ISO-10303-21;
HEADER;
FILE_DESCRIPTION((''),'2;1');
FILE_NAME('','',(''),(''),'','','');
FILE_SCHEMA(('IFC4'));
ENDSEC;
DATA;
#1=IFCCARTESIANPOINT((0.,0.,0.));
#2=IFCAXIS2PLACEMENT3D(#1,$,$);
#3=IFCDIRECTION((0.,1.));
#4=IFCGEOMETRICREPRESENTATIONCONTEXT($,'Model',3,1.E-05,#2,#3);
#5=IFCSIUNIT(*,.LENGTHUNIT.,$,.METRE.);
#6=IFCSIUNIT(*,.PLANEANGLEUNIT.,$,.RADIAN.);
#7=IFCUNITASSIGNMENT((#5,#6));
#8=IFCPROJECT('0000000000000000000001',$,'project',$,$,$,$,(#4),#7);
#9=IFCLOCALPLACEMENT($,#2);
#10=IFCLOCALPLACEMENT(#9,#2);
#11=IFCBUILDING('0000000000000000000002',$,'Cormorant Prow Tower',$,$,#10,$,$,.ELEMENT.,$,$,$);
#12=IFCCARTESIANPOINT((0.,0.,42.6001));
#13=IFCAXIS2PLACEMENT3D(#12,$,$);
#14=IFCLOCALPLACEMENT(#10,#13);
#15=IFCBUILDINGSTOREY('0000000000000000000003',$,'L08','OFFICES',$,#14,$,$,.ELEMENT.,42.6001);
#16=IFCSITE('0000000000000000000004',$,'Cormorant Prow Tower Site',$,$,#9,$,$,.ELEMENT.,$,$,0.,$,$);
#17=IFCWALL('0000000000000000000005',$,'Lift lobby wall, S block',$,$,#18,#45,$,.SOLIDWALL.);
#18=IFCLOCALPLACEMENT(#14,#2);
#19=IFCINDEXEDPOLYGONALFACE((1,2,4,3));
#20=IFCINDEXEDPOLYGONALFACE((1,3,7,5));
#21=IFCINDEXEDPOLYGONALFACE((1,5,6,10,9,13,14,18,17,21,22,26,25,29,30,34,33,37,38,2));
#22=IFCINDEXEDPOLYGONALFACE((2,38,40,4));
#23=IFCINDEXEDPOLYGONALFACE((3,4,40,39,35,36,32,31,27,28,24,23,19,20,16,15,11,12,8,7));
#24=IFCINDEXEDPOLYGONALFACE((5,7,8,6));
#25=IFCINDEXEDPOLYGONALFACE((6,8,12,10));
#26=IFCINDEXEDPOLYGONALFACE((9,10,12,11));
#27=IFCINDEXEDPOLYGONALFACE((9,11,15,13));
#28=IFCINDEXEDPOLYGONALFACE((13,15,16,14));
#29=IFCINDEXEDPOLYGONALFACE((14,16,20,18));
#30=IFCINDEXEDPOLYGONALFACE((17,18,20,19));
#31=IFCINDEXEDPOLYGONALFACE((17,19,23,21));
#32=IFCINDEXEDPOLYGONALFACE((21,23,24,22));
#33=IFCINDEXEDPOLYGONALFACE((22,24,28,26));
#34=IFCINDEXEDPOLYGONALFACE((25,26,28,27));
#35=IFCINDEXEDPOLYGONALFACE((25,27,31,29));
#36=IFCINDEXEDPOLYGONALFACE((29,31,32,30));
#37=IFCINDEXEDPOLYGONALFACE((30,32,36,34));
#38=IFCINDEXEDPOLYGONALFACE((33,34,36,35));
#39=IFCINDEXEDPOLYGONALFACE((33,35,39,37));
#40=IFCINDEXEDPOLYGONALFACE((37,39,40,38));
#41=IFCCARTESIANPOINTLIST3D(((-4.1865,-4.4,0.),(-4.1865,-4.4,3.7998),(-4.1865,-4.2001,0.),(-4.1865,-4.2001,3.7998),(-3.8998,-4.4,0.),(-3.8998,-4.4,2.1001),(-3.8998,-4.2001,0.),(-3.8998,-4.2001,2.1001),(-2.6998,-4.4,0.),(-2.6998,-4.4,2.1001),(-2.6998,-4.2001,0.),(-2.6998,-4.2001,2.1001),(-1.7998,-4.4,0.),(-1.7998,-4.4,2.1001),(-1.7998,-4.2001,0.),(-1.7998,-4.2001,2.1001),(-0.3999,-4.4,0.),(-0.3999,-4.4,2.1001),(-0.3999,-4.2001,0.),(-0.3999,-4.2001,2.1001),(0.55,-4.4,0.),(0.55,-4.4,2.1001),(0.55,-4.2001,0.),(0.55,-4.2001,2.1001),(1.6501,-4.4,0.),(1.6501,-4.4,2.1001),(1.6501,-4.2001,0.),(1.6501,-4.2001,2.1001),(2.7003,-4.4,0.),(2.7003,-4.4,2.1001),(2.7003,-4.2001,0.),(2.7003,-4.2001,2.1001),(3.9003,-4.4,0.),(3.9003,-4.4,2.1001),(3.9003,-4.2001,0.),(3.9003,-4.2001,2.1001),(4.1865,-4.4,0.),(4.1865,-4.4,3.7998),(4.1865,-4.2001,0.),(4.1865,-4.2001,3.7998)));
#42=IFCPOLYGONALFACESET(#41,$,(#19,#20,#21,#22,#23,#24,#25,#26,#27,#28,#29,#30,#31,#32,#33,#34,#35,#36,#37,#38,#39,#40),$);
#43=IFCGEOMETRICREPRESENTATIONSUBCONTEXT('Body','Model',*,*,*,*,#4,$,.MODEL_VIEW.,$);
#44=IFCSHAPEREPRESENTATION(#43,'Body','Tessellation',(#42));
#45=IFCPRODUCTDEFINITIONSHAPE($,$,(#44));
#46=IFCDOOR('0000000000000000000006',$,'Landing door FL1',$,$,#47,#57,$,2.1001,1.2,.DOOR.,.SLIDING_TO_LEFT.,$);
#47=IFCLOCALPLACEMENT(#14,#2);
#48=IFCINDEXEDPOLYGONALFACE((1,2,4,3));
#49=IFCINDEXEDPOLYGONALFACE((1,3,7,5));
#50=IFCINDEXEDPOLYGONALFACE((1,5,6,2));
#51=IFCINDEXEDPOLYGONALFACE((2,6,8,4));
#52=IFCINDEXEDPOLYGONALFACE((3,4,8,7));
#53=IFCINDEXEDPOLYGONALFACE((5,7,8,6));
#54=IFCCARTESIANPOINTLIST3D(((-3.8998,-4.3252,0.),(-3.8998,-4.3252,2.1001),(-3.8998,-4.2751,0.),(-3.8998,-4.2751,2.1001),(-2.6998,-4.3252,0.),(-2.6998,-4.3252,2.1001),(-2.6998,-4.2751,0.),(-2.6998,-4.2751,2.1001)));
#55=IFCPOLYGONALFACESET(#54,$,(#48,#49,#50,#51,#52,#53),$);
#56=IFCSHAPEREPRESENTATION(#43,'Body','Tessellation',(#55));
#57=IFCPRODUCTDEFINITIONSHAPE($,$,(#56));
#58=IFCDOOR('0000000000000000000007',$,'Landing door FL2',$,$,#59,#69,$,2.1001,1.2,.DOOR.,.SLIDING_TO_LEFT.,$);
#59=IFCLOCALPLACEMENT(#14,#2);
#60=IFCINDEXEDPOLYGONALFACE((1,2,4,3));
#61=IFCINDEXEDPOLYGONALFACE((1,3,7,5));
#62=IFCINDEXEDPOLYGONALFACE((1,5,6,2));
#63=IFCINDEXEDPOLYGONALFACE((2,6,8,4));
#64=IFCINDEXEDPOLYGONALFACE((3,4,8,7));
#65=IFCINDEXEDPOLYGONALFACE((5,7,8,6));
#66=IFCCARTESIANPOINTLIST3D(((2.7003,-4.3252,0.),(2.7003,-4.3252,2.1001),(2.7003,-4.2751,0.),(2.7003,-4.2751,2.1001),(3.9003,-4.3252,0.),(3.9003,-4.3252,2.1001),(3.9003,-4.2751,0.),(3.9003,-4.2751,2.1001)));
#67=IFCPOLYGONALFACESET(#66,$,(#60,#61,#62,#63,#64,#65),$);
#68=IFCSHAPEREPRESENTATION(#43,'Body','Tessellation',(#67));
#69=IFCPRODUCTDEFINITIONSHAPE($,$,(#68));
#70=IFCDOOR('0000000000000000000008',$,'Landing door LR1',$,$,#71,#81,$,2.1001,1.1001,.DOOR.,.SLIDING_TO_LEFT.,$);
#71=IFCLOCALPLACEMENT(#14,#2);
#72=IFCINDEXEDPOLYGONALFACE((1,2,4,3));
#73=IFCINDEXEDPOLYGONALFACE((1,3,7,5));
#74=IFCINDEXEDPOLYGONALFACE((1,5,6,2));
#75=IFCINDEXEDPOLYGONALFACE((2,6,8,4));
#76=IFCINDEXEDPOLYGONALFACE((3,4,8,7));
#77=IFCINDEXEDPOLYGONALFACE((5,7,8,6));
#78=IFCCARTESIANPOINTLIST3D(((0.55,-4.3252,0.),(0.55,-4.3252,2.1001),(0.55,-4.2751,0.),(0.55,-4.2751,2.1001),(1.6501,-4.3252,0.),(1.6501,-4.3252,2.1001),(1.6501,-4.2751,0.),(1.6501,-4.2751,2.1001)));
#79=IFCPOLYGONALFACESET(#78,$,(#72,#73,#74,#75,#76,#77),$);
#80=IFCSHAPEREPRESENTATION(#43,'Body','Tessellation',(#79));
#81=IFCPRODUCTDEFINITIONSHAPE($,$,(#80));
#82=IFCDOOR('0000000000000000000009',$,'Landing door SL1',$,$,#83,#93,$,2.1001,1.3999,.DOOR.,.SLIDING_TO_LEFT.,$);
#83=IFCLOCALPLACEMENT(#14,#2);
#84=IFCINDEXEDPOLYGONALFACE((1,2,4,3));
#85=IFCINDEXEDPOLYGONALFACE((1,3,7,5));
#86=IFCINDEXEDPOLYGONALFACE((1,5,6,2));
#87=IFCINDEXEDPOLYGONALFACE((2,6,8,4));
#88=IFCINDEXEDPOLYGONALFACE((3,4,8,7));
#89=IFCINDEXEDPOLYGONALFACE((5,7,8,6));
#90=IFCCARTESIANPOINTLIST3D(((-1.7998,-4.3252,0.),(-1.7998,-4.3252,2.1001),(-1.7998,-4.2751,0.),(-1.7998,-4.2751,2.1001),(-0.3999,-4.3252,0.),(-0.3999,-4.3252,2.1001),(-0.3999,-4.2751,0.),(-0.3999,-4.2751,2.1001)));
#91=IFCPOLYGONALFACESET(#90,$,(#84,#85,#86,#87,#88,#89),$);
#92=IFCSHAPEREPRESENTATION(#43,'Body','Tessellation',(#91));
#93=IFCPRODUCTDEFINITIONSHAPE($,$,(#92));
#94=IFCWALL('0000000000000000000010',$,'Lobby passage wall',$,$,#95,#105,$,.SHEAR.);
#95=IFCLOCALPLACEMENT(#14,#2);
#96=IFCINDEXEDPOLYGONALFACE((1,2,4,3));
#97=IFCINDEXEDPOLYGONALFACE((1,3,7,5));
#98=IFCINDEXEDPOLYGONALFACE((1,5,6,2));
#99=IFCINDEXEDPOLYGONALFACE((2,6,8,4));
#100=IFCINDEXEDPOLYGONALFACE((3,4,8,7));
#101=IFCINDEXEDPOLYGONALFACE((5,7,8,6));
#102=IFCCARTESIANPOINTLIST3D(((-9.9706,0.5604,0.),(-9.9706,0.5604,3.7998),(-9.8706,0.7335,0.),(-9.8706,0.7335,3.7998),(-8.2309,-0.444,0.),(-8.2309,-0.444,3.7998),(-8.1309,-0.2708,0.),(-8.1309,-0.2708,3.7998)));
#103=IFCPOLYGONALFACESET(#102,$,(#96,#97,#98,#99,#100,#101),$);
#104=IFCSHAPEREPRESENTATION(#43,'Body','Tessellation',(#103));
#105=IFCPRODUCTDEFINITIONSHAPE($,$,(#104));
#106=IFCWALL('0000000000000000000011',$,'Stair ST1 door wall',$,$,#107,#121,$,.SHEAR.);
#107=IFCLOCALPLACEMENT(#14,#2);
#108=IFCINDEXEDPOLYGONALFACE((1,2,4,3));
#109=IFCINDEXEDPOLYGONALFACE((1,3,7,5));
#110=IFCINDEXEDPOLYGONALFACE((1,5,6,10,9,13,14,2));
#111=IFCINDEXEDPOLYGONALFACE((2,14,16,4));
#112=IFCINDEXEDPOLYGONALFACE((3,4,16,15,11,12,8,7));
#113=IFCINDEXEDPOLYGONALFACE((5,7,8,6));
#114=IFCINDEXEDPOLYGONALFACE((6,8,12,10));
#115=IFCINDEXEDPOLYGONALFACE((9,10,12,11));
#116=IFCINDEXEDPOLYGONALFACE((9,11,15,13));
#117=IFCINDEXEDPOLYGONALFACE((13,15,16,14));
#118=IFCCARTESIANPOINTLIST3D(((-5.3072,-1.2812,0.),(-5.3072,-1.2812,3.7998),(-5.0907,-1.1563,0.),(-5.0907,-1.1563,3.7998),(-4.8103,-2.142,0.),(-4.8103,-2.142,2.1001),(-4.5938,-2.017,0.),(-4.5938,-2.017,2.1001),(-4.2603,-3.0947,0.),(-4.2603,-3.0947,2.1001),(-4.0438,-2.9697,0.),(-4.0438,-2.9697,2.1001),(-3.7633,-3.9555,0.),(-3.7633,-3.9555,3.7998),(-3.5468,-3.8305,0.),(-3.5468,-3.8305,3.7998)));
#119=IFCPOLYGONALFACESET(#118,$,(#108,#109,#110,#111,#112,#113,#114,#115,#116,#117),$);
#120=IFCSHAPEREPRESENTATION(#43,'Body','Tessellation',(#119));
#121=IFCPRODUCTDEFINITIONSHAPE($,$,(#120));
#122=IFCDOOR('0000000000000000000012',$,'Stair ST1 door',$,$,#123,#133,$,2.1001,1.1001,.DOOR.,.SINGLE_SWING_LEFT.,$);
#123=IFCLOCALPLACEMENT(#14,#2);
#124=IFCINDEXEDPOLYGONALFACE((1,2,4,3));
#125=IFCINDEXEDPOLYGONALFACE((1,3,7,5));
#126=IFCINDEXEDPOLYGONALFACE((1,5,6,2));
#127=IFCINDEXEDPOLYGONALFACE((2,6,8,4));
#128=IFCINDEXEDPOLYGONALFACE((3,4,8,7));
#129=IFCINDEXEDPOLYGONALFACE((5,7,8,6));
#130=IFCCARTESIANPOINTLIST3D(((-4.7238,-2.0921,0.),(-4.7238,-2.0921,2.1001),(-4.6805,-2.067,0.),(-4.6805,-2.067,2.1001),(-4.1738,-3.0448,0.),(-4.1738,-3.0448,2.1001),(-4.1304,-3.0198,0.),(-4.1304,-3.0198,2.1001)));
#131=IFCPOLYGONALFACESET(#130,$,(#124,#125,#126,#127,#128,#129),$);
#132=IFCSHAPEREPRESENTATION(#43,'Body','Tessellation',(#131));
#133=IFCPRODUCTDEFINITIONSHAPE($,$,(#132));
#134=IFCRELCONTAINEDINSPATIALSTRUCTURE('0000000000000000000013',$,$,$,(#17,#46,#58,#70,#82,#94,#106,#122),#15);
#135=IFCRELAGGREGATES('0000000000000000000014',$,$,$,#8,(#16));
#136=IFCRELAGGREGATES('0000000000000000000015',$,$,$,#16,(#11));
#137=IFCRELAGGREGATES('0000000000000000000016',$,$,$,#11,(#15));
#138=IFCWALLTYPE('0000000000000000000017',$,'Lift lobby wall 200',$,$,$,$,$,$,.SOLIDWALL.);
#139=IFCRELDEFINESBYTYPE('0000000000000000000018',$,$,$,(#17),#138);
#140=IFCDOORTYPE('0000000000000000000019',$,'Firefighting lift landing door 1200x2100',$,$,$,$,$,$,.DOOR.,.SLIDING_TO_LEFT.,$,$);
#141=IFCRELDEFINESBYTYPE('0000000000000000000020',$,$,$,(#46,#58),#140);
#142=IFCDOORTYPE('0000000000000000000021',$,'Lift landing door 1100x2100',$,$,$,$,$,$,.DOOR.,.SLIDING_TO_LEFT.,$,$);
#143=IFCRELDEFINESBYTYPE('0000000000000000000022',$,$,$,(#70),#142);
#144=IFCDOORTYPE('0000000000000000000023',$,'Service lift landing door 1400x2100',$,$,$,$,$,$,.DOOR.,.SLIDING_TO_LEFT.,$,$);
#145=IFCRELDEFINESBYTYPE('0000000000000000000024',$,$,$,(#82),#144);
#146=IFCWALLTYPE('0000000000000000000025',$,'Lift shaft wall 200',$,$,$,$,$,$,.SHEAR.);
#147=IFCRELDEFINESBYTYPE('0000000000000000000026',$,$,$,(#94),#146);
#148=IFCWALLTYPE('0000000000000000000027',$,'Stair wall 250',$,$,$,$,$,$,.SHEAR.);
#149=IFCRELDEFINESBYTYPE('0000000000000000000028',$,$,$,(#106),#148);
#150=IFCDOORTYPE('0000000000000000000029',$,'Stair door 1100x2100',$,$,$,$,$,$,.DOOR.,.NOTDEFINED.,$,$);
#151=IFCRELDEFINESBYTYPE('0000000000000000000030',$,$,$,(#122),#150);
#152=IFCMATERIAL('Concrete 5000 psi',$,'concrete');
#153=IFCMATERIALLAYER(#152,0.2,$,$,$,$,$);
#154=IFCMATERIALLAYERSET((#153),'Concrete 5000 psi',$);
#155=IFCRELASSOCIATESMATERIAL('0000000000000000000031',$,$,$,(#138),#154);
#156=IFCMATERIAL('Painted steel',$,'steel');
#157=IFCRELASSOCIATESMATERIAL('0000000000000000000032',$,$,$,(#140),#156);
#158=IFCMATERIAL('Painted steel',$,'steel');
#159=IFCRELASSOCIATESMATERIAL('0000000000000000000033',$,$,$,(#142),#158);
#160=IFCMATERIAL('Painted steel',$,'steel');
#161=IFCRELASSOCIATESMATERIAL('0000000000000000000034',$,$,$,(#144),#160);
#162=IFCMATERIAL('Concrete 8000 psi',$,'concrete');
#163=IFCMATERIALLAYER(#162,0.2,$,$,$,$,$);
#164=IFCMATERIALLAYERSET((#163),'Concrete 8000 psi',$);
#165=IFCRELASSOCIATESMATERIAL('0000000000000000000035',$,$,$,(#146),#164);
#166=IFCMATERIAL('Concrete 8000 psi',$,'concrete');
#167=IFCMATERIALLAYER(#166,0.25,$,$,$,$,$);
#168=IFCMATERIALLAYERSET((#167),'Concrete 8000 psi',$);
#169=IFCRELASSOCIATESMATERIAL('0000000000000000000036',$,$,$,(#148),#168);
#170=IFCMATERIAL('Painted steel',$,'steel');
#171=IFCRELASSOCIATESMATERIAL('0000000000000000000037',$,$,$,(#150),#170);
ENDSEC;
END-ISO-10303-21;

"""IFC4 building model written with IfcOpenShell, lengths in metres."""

from ifc_helpers import new_model, si_unit, direction, frame, frame_2d, origin, place, context, subcontext, project, spatial, rectangle, extrude, material, layer, layer_set, type_object, element, fill, save


model = new_model("IFC4")

# Units and contexts
model_context = context("Model", 3, precision=1e-05, world=origin(), true_north=direction((0.0, 1.0)))
body_context = subcontext(model_context, "Body", "Model", "MODEL_VIEW")
ifc_project = project(units=[si_unit("LENGTHUNIT", "METRE"), si_unit("PLANEANGLEUNIT", "RADIAN")], contexts=[model_context])

# Site, building, storey
site_placement = place(None, origin())
site = spatial("IfcSite", under=ifc_project, at=site_placement, Name="Cormorant Prow Tower Site", CompositionType="ELEMENT", RefElevation=0.0)
building_placement = place(site_placement, origin())
building = spatial("IfcBuilding", under=site, at=building_placement, Name="Cormorant Prow Tower", CompositionType="ELEMENT")
storey_placement = place(building_placement, frame((0.0, 0.0, 42.6001)))
storey = spatial("IfcBuildingStorey", under=building, at=storey_placement, Name="L08", Description="OFFICES", CompositionType="ELEMENT", Elevation=42.6001)

# Wall, openings, doors
ifc_material_1 = material(Name="Concrete 5000 psi", Category="concrete")
ifc_layer_1 = layer(ifc_material_1, 0.2)
ifc_layer_set_1 = layer_set([ifc_layer_1], Name="Concrete 5000 psi")
wall_type_1 = type_object("IfcWallType", Name="Lift lobby wall 200", PredefinedType="SOLIDWALL", material=ifc_layer_set_1)
wall_1_placement = place(storey_placement, frame((-4.1865, -4.3, 0.0), z_axis=(0.0, 0.0, 1.0), x_axis=(1.0, 0.0, 0.0)))
wall_1 = element("IfcWall", 1, at=wall_1_placement, inside=storey, type_object=wall_type_1, Name="Lift lobby wall, S block", PredefinedType="SOLIDWALL", context=body_context, shape_type="SweptSolid", body=[
    extrude(rectangle(XDim=8.373, YDim=0.2, at=frame_2d((4.1865, 0.0))), origin(), (0.0, 0.0, 1.0), 3.7998),
])
opening_1_placement = place(wall_1_placement, frame((0.2866, 0.0, 0.0)))
opening_1 = element("IfcOpeningElement", 2, at=opening_1_placement, cuts=wall_1, PredefinedType="OPENING", context=body_context, shape_type="SweptSolid", body=[
    extrude(rectangle(XDim=1.2, YDim=2.1001, at=frame_2d((0.6001, 1.05))), frame((0.0, 0.1099, 0.0), z_axis=(0.0, -1.0, 0.0), x_axis=(1.0, 0.0, 0.0)), (0.0, 0.0, 1.0), 0.22),
])
opening_2_placement = place(wall_1_placement, frame((2.3867, 0.0, 0.0)))
opening_2 = element("IfcOpeningElement", 3, at=opening_2_placement, cuts=wall_1, PredefinedType="OPENING", context=body_context, shape_type="SweptSolid", body=[
    extrude(rectangle(XDim=1.3999, YDim=2.1001, at=frame_2d((0.7, 1.05))), frame((0.0, 0.1099, 0.0), z_axis=(0.0, -1.0, 0.0), x_axis=(1.0, 0.0, 0.0)), (0.0, 0.0, 1.0), 0.22),
])
opening_3_placement = place(wall_1_placement, frame((4.7366, 0.0, 0.0)))
opening_3 = element("IfcOpeningElement", 4, at=opening_3_placement, cuts=wall_1, PredefinedType="OPENING", context=body_context, shape_type="SweptSolid", body=[
    extrude(rectangle(XDim=1.1001, YDim=2.1001, at=frame_2d((0.55, 1.05))), frame((0.0, 0.1099, 0.0), z_axis=(0.0, -1.0, 0.0), x_axis=(1.0, 0.0, 0.0)), (0.0, 0.0, 1.0), 0.22),
])
opening_4_placement = place(wall_1_placement, frame((6.8867, 0.0, 0.0)))
opening_4 = element("IfcOpeningElement", 5, at=opening_4_placement, cuts=wall_1, PredefinedType="OPENING", context=body_context, shape_type="SweptSolid", body=[
    extrude(rectangle(XDim=1.2, YDim=2.1001, at=frame_2d((0.6001, 1.05))), frame((0.0, 0.1099, 0.0), z_axis=(0.0, -1.0, 0.0), x_axis=(1.0, 0.0, 0.0)), (0.0, 0.0, 1.0), 0.22),
])
ifc_material_2 = material(Name="Painted steel", Category="steel")
door_type_1 = type_object("IfcDoorType", Name="Firefighting lift landing door 1200x2100", OperationType="SLIDING_TO_LEFT", PredefinedType="DOOR", material=ifc_material_2)
door_1_placement = place(opening_1_placement, origin())
door_1 = element("IfcDoor", 6, at=door_1_placement, inside=storey, type_object=door_type_1, Name="Landing door FL1", OperationType="SLIDING_TO_LEFT", OverallHeight=2.1001, OverallWidth=1.2, PredefinedType="DOOR", context=body_context, shape_type="SweptSolid", body=[
    extrude(rectangle(XDim=1.2, YDim=2.1001, at=frame_2d((0.6001, 1.05))), frame((0.0, 0.0249, 0.0), z_axis=(0.0, -1.0, 0.0), x_axis=(1.0, 0.0, 0.0)), (0.0, 0.0, 1.0), 0.05),
])
fill(opening_1, door_1)
door_2_placement = place(opening_4_placement, origin())
door_2 = element("IfcDoor", 7, at=door_2_placement, inside=storey, type_object=door_type_1, Name="Landing door FL2", OperationType="SLIDING_TO_LEFT", OverallHeight=2.1001, OverallWidth=1.2, PredefinedType="DOOR", context=body_context, shape_type="SweptSolid", body=[
    extrude(rectangle(XDim=1.2, YDim=2.1001, at=frame_2d((0.6001, 1.05))), frame((0.0, 0.0249, 0.0), z_axis=(0.0, -1.0, 0.0), x_axis=(1.0, 0.0, 0.0)), (0.0, 0.0, 1.0), 0.05),
])
fill(opening_4, door_2)
ifc_material_3 = material(Name="Painted steel", Category="steel")
door_type_2 = type_object("IfcDoorType", Name="Lift landing door 1100x2100", OperationType="SLIDING_TO_LEFT", PredefinedType="DOOR", material=ifc_material_3)
door_3_placement = place(opening_3_placement, origin())
door_3 = element("IfcDoor", 8, at=door_3_placement, inside=storey, type_object=door_type_2, Name="Landing door LR1", OperationType="SLIDING_TO_LEFT", OverallHeight=2.1001, OverallWidth=1.1001, PredefinedType="DOOR", context=body_context, shape_type="SweptSolid", body=[
    extrude(rectangle(XDim=1.1001, YDim=2.1001, at=frame_2d((0.55, 1.05))), frame((0.0, 0.0249, 0.0), z_axis=(0.0, -1.0, 0.0), x_axis=(1.0, 0.0, 0.0)), (0.0, 0.0, 1.0), 0.05),
])
fill(opening_3, door_3)
ifc_material_4 = material(Name="Painted steel", Category="steel")
door_type_3 = type_object("IfcDoorType", Name="Service lift landing door 1400x2100", OperationType="SLIDING_TO_LEFT", PredefinedType="DOOR", material=ifc_material_4)
door_4_placement = place(opening_2_placement, origin())
door_4 = element("IfcDoor", 9, at=door_4_placement, inside=storey, type_object=door_type_3, Name="Landing door SL1", OperationType="SLIDING_TO_LEFT", OverallHeight=2.1001, OverallWidth=1.3999, PredefinedType="DOOR", context=body_context, shape_type="SweptSolid", body=[
    extrude(rectangle(XDim=1.3999, YDim=2.1001, at=frame_2d((0.7, 1.05))), frame((0.0, 0.0249, 0.0), z_axis=(0.0, -1.0, 0.0), x_axis=(1.0, 0.0, 0.0)), (0.0, 0.0, 1.0), 0.05),
])
fill(opening_2, door_4)

# Wall
ifc_material_5 = material(Name="Concrete 8000 psi", Category="concrete")
ifc_layer_2 = layer(ifc_material_5, 0.2)
ifc_layer_set_2 = layer_set([ifc_layer_2], Name="Concrete 8000 psi")
wall_type_2 = type_object("IfcWallType", Name="Lift shaft wall 200", PredefinedType="SHEAR", material=ifc_layer_set_2)
wall_2_placement = place(storey_placement, frame((-8.1809, -0.3574, 0.0), z_axis=(0.0, 0.0, 1.0), x_axis=(-0.866036, 0.499982, 0.0)))
element("IfcWall", 10, at=wall_2_placement, inside=storey, type_object=wall_type_2, Name="Lobby passage wall", PredefinedType="SHEAR", context=body_context, shape_type="SweptSolid", body=[
    extrude(rectangle(XDim=2.0088, YDim=0.2, at=frame_2d((1.0044, 0.0))), origin(), (0.0, 0.0, 1.0), 3.7998),
])

# Wall, opening, door
ifc_material_6 = material(Name="Concrete 8000 psi", Category="concrete")
ifc_layer_3 = layer(ifc_material_6, 0.25)
ifc_layer_set_3 = layer_set([ifc_layer_3], Name="Concrete 8000 psi")
wall_type_3 = type_object("IfcWallType", Name="Stair wall 250", PredefinedType="SHEAR", material=ifc_layer_set_3)
wall_3_placement = place(storey_placement, frame((-5.199, -1.2188, 0.0), z_axis=(0.0, 0.0, 1.0), x_axis=(0.499983, -0.866035, 0.0)))
wall_3 = element("IfcWall", 11, at=wall_3_placement, inside=storey, type_object=wall_type_3, Name="Stair ST1 door wall", PredefinedType="SHEAR", context=body_context, shape_type="SweptSolid", body=[
    extrude(rectangle(XDim=3.0879, YDim=0.25, at=frame_2d((1.5439, 0.0))), origin(), (0.0, 0.0, 1.0), 3.7998),
])
opening_5_placement = place(wall_3_placement, frame((0.9939, 0.0, 0.0)))
opening_5 = element("IfcOpeningElement", 12, at=opening_5_placement, cuts=wall_3, PredefinedType="OPENING", context=body_context, shape_type="SweptSolid", body=[
    extrude(rectangle(XDim=1.1001, YDim=2.1001, at=frame_2d((0.55, 1.05))), frame((0.0, 0.135, 0.0), z_axis=(0.0, -1.0, 0.0), x_axis=(1.0, 0.0, 0.0)), (0.0, 0.0, 1.0), 0.27),
])
ifc_material_7 = material(Name="Painted steel", Category="steel")
door_type_4 = type_object("IfcDoorType", Name="Stair door 1100x2100", OperationType="NOTDEFINED", PredefinedType="DOOR", material=ifc_material_7)
door_5_placement = place(opening_5_placement, origin())
door_5 = element("IfcDoor", 13, at=door_5_placement, inside=storey, type_object=door_type_4, Name="Stair ST1 door", OperationType="SINGLE_SWING_LEFT", OverallHeight=2.1001, OverallWidth=1.1001, PredefinedType="DOOR", context=body_context, shape_type="SweptSolid", body=[
    extrude(rectangle(XDim=1.1001, YDim=2.1001, at=frame_2d((0.55, 1.05))), frame((0.0, 0.0249, 0.0), z_axis=(0.0, -1.0, 0.0), x_axis=(1.0, 0.0, 0.0)), (0.0, 0.0, 1.0), 0.05),
])
fill(opening_5, door_5)

save(model, "model.ifc")
